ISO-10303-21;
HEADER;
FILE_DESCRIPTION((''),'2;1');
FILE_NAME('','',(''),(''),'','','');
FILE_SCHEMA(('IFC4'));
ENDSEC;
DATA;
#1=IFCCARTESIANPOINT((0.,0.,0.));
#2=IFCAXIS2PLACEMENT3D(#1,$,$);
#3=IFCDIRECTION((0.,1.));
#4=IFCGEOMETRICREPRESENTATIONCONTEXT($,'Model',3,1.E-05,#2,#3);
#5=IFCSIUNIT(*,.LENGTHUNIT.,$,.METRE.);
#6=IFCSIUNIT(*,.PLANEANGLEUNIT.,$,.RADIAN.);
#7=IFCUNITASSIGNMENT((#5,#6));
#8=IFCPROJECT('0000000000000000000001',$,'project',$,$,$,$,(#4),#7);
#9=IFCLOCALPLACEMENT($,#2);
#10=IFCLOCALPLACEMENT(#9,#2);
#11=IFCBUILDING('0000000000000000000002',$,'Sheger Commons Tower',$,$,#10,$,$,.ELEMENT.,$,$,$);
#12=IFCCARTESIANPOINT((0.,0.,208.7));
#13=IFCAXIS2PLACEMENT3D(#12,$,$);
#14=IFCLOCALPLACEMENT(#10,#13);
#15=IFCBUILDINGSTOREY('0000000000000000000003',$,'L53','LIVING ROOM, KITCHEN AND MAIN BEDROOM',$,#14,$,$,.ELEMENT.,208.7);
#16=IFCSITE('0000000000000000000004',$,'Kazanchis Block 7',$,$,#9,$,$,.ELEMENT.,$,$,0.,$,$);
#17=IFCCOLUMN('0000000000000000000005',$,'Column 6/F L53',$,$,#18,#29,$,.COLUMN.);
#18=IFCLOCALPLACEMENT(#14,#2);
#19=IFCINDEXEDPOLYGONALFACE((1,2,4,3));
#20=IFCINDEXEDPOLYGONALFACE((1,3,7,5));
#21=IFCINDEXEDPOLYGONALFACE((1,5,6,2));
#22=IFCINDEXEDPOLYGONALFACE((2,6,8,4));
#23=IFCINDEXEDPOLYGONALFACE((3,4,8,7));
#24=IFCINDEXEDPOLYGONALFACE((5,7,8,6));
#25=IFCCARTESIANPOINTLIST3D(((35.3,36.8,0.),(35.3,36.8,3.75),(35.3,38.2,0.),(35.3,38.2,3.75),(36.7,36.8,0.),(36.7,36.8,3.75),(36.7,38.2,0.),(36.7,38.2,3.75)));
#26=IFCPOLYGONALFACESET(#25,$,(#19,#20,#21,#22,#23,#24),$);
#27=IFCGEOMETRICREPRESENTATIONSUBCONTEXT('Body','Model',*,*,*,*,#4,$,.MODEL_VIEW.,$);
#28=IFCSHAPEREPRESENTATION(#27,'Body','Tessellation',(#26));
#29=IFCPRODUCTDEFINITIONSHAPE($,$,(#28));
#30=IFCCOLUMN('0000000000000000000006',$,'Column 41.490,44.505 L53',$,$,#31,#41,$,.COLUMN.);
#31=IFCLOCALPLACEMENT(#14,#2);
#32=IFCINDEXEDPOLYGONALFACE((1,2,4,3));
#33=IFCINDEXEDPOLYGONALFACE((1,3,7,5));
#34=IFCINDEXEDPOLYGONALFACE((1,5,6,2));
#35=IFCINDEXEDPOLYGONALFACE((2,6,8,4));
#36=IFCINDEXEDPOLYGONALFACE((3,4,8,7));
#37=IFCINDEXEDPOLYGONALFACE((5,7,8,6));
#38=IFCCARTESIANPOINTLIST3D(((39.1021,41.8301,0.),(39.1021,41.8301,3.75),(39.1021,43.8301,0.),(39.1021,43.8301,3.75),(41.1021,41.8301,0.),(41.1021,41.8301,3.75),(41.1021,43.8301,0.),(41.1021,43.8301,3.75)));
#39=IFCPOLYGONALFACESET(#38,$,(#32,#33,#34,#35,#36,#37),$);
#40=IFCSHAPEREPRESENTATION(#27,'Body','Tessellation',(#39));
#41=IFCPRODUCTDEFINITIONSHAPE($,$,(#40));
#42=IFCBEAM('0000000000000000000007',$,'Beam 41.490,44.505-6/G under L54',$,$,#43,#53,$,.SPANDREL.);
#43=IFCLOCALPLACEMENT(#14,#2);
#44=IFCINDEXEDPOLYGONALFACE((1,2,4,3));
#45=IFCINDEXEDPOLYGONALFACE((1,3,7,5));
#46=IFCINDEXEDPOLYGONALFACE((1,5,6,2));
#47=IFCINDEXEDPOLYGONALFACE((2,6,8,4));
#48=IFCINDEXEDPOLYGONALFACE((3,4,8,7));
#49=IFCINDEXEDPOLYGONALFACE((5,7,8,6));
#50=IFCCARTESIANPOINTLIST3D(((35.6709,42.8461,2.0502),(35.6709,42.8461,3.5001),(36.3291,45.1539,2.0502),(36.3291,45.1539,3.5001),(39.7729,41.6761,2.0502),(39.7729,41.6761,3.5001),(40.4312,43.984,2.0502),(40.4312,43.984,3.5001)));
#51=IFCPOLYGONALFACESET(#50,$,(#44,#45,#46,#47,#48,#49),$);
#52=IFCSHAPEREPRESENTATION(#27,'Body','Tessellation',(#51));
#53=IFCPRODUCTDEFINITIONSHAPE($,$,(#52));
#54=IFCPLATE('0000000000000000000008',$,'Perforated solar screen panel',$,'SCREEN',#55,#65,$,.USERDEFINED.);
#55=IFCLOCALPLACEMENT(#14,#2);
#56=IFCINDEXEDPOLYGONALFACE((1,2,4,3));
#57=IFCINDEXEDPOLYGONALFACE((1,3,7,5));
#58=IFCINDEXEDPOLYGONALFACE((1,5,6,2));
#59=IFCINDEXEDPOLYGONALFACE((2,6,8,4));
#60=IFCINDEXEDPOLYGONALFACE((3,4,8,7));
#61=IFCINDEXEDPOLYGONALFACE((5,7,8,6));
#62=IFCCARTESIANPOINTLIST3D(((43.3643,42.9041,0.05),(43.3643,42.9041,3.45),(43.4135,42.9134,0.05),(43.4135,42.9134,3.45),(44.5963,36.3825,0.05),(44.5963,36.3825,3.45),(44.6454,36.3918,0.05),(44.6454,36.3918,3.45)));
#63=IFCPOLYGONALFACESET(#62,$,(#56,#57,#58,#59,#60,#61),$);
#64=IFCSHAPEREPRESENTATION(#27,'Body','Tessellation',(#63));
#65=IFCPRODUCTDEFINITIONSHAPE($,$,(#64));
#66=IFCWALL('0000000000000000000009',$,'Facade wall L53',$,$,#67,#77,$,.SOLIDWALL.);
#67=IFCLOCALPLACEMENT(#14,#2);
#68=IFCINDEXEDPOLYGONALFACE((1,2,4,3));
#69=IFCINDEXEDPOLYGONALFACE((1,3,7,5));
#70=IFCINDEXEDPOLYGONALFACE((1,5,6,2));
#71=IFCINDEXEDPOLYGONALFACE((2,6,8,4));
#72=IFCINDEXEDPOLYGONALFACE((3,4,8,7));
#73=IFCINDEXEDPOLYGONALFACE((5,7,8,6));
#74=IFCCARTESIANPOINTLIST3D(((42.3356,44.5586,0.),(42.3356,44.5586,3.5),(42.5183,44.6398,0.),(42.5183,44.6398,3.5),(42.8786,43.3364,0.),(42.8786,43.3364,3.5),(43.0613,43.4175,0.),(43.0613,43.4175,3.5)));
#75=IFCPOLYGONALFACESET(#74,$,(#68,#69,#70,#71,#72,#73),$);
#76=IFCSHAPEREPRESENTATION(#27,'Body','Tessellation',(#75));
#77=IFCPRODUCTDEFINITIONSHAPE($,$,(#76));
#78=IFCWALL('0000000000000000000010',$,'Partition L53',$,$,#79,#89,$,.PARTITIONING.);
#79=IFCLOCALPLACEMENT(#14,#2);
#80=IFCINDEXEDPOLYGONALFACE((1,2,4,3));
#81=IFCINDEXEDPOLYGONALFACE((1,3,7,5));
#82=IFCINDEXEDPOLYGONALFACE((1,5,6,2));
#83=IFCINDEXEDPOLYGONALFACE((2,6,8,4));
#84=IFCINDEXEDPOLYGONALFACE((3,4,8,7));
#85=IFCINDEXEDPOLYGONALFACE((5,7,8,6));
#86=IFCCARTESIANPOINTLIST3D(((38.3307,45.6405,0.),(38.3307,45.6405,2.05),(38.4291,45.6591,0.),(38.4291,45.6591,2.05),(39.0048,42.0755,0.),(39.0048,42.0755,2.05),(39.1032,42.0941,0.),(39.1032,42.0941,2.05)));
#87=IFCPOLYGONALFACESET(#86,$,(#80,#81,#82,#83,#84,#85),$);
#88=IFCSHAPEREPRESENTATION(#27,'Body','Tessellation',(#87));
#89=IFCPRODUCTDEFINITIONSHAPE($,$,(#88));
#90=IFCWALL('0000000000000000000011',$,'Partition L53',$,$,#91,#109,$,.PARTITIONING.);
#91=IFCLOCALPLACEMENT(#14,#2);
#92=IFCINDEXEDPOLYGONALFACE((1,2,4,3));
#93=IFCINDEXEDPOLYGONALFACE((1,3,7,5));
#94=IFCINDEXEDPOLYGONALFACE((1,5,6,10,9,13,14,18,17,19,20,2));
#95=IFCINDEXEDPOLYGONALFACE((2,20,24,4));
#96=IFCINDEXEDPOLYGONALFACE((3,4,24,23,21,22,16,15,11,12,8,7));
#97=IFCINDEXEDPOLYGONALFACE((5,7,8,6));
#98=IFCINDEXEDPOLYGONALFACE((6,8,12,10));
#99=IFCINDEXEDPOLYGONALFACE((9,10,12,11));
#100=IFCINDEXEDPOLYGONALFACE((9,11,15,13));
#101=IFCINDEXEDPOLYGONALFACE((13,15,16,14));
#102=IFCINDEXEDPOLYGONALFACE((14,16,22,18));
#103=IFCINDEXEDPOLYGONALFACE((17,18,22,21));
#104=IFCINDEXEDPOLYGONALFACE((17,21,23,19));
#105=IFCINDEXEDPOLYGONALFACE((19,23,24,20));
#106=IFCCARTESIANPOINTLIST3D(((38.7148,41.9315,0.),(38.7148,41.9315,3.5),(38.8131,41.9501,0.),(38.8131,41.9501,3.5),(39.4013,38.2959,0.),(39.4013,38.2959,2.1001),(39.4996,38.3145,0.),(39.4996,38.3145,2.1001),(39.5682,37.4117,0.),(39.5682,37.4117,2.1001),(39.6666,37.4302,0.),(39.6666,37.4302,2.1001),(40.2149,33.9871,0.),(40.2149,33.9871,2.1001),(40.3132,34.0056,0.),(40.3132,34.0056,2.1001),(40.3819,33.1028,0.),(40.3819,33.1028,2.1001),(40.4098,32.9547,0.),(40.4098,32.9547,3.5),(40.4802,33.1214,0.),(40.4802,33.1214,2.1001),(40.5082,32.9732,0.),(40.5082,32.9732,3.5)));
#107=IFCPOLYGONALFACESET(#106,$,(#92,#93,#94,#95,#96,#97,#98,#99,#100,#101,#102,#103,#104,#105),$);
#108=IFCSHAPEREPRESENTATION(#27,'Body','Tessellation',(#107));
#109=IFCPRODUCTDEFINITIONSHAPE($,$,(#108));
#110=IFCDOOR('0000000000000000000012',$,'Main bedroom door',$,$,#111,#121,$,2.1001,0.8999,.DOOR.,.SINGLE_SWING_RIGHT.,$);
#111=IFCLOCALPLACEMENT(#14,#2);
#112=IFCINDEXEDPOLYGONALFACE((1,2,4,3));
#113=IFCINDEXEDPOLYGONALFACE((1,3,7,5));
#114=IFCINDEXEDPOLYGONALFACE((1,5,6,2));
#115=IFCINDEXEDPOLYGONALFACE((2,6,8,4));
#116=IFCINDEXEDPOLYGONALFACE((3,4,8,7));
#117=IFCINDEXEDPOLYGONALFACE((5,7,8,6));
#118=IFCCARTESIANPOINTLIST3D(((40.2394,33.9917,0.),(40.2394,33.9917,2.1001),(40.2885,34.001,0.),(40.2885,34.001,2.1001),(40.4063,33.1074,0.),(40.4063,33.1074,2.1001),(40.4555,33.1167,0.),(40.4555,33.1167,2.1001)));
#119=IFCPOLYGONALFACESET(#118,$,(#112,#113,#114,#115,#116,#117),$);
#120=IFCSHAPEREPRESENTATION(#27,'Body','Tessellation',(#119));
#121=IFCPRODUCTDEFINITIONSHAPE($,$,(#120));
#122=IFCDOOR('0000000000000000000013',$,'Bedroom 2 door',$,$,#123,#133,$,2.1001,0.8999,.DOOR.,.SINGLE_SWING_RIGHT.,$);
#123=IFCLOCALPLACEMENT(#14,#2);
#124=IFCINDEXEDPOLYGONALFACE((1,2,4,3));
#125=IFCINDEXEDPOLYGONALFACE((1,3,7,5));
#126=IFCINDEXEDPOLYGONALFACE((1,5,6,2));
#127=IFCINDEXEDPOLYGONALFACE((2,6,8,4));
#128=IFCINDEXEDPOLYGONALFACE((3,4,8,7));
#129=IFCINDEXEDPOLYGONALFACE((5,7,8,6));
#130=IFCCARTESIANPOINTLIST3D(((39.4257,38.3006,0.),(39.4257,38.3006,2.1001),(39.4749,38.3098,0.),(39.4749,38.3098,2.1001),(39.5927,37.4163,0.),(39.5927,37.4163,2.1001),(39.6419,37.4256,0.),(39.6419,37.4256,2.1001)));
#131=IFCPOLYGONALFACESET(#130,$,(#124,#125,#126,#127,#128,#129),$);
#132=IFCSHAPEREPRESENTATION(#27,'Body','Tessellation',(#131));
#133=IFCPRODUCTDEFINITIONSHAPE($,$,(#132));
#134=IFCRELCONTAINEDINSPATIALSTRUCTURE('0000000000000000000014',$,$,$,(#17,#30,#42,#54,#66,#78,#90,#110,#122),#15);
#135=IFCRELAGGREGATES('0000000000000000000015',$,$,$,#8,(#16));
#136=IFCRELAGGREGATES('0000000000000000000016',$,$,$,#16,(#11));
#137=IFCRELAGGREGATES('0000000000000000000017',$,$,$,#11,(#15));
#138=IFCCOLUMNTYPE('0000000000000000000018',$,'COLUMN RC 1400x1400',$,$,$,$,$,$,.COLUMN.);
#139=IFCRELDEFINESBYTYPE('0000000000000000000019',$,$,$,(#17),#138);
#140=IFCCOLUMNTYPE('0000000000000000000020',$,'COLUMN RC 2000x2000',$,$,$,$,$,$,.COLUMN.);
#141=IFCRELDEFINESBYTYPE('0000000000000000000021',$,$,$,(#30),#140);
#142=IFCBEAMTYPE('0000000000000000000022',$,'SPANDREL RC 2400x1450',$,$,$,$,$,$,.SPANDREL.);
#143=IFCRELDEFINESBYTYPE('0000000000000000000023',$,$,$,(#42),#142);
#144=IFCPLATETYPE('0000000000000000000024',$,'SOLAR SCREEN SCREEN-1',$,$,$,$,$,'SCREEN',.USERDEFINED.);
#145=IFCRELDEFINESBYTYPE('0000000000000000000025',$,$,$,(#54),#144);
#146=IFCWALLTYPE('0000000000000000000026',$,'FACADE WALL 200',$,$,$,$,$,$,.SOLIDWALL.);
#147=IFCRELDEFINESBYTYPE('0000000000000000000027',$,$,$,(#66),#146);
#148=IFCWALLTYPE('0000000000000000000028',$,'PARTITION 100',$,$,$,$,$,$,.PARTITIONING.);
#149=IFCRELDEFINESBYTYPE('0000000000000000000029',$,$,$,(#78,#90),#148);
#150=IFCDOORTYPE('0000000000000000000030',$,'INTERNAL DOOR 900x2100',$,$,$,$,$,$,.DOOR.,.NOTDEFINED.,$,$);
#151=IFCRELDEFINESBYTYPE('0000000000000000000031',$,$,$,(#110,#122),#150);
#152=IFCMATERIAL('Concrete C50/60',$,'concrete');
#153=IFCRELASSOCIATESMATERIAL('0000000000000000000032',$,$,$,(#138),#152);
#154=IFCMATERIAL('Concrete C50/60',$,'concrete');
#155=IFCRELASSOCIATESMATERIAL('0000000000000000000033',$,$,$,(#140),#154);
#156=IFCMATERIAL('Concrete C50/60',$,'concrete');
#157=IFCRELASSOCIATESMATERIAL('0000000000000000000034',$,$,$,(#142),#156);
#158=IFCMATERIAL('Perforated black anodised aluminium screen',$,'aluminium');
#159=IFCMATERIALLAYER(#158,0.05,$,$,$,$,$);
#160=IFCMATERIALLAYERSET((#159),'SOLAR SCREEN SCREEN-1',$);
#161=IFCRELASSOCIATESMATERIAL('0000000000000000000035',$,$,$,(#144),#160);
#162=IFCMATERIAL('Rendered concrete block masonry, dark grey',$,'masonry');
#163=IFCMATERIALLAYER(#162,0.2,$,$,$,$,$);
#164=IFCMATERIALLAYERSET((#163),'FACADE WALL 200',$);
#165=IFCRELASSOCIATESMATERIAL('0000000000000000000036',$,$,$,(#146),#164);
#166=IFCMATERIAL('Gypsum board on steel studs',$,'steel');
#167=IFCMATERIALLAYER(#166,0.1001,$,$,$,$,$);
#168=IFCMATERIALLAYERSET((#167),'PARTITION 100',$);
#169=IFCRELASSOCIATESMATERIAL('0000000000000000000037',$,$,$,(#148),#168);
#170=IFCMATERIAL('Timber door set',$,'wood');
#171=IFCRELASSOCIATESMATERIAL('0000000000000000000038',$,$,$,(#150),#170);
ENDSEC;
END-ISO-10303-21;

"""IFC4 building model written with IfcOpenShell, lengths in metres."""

from ifc_helpers import new_model, si_unit, direction, frame, frame_2d, origin, origin_2d, place, context, subcontext, project, spatial, rectangle, extrude, material, layer, layer_set, material_profile, profile_set, type_object, element, fill, save


model = new_model("IFC4")

# Units and contexts
model_context = context("Model", 3, precision=1e-05, world=origin(), true_north=direction((0.0, 1.0)))
body_context = subcontext(model_context, "Body", "Model", "MODEL_VIEW")
ifc_project = project(units=[si_unit("LENGTHUNIT", "METRE"), si_unit("PLANEANGLEUNIT", "RADIAN")], contexts=[model_context])

# Site, building, storey
site_placement = place(None, origin())
site = spatial("IfcSite", under=ifc_project, at=site_placement, Name="Kazanchis Block 7", CompositionType="ELEMENT", RefElevation=0.0)
building_placement = place(site_placement, origin())
building = spatial("IfcBuilding", under=site, at=building_placement, Name="Sheger Commons Tower", CompositionType="ELEMENT")
storey_placement = place(building_placement, frame((0.0, 0.0, 208.7)))
storey = spatial("IfcBuildingStorey", under=building, at=storey_placement, Name="L53", Description="LIVING ROOM, KITCHEN AND MAIN BEDROOM", CompositionType="ELEMENT", Elevation=208.7)

# Columns
ifc_material_1 = material(Name="Concrete C50/60", Category="concrete")
ifc_material_profile_1 = material_profile(ifc_material_1, rectangle(XDim=1.3999, YDim=1.3999, at=origin_2d()), Name="RC 1400x1400")
ifc_profile_set_1 = profile_set([ifc_material_profile_1], Name="Concrete C50/60")
column_type_1 = type_object("IfcColumnType", Name="COLUMN RC 1400x1400", PredefinedType="COLUMN", material=ifc_profile_set_1)
column_1_placement = place(storey_placement, frame((36.0, 37.5, 0.0), z_axis=(0.0, 0.0, 1.0), x_axis=(1.0, 0.0, 0.0)))
element("IfcColumn", 1, at=column_1_placement, inside=storey, type_object=column_type_1, Name="Column 6/F L53", PredefinedType="COLUMN", context=body_context, shape_type="SweptSolid", body=[
    extrude(rectangle(XDim=1.3999, YDim=1.3999, at=origin_2d()), origin(), (0.0, 0.0, 1.0), 3.75),
])
ifc_material_2 = material(Name="Concrete C50/60", Category="concrete")
ifc_material_profile_2 = material_profile(ifc_material_2, rectangle(XDim=2.0, YDim=2.0, at=origin_2d()), Name="RC 2000x2000")
ifc_profile_set_2 = profile_set([ifc_material_profile_2], Name="Concrete C50/60")
column_type_2 = type_object("IfcColumnType", Name="COLUMN RC 2000x2000", PredefinedType="COLUMN", material=ifc_profile_set_2)
column_2_placement = place(storey_placement, frame((40.1021, 42.8301, 0.0), z_axis=(0.0, 0.0, 1.0), x_axis=(1.0, 0.0, 0.0)))
element("IfcColumn", 2, at=column_2_placement, inside=storey, type_object=column_type_2, Name="Column 41.490,44.505 L53", PredefinedType="COLUMN", context=body_context, shape_type="SweptSolid", body=[
    extrude(rectangle(XDim=2.0, YDim=2.0, at=origin_2d()), origin(), (0.0, 0.0, 1.0), 3.75),
])

# Beam
ifc_material_3 = material(Name="Concrete C50/60", Category="concrete")
ifc_material_profile_3 = material_profile(ifc_material_3, rectangle(XDim=2.3999, YDim=1.45, at=origin_2d()), Name="RC 2400x1450")
ifc_profile_set_3 = profile_set([ifc_material_profile_3], Name="Concrete C50/60")
beam_type = type_object("IfcBeamType", Name="SPANDREL RC 2400x1450", PredefinedType="SPANDREL", material=ifc_profile_set_3)
beam_placement = place(storey_placement, frame((40.1021, 42.8301, 2.7751), z_axis=(-0.961653, 0.274268, 0.0), x_axis=(-0.274268, -0.961653, 0.0)))
element("IfcBeam", 3, at=beam_placement, inside=storey, type_object=beam_type, Name="Beam 41.490,44.505-6/G under L54", PredefinedType="SPANDREL", context=body_context, shape_type="SweptSolid", body=[
    extrude(rectangle(XDim=2.3999, YDim=1.45, at=origin_2d()), origin(), (0.0, 0.0, 1.0), 4.2656),
])

# Plate
ifc_material_4 = material(Name="Perforated black anodised aluminium screen", Category="aluminium")
ifc_layer_1 = layer(ifc_material_4, 0.05)
ifc_layer_set_1 = layer_set([ifc_layer_1], Name="SOLAR SCREEN SCREEN-1")
plate_type = type_object("IfcPlateType", Name="SOLAR SCREEN SCREEN-1", ElementType="SCREEN", PredefinedType="USERDEFINED", material=ifc_layer_set_1)
plate_placement = place(storey_placement, frame((44.0049, 39.6479, 0.05), z_axis=(0.0, 0.0, 1.0), x_axis=(-0.185615, 0.982623, 0.0)))
element("IfcPlate", 4, at=plate_placement, inside=storey, type_object=plate_type, Name="Perforated solar screen panel", ObjectType="SCREEN", PredefinedType="USERDEFINED", context=body_context, shape_type="SweptSolid", body=[
    extrude(rectangle(XDim=6.637, YDim=0.05, at=origin_2d()), origin(), (0.0, 0.0, 1.0), 3.3999),
])

# Walls
ifc_material_5 = material(Name="Rendered concrete block masonry, dark grey", Category="masonry")
ifc_layer_2 = layer(ifc_material_5, 0.2)
ifc_layer_set_2 = layer_set([ifc_layer_2], Name="FACADE WALL 200")
wall_type_1 = type_object("IfcWallType", Name="FACADE WALL 200", PredefinedType="SOLIDWALL", material=ifc_layer_set_2)
wall_1_placement = place(storey_placement, frame((42.97, 43.377, 0.0), z_axis=(0.0, 0.0, 1.0), x_axis=(-0.406003, 0.913872, 0.0)))
element("IfcWall", 5, at=wall_1_placement, inside=storey, type_object=wall_type_1, Name="Facade wall L53", PredefinedType="SOLIDWALL", context=body_context, shape_type="SweptSolid", body=[
    extrude(rectangle(XDim=1.3374, YDim=0.2, at=frame_2d((0.6687, 0.0))), origin(), (0.0, 0.0, 1.0), 3.5),
])
ifc_material_6 = material(Name="Gypsum board on steel studs", Category="steel")
ifc_layer_3 = layer(ifc_material_6, 0.1001)
ifc_layer_set_3 = layer_set([ifc_layer_3], Name="PARTITION 100")
wall_type_2 = type_object("IfcWallType", Name="PARTITION 100", PredefinedType="PARTITIONING", material=ifc_layer_set_3)
wall_2_placement = place(storey_placement, frame((39.054, 42.085, 0.0), z_axis=(0.0, 0.0, 1.0), x_axis=(-0.185792, 0.982589, 0.0)))
element("IfcWall", 6, at=wall_2_placement, inside=storey, type_object=wall_type_2, Name="Partition L53", PredefinedType="PARTITIONING", context=body_context, shape_type="SweptSolid", body=[
    extrude(rectangle(XDim=3.6282, YDim=0.1001, at=frame_2d((1.814, 0.0))), origin(), (0.0, 0.0, 1.0), 2.05),
])

# Wall, openings, doors
wall_3_placement = place(storey_placement, frame((38.7639, 41.9409, 0.0), z_axis=(0.0, 0.0, 1.0), x_axis=(0.185549, -0.982635, 0.0)))
wall_3 = element("IfcWall", 7, at=wall_3_placement, inside=storey, type_object=wall_type_2, Name="Partition L53", PredefinedType="PARTITIONING", context=body_context, shape_type="SweptSolid", body=[
    extrude(rectangle(XDim=9.1355, YDim=0.1001, at=frame_2d((4.5679, 0.0))), origin(), (0.0, 0.0, 1.0), 3.5),
])
opening_1_placement = place(wall_3_placement, frame((8.085, 0.0, 0.0)))
opening_1 = element("IfcOpeningElement", 8, at=opening_1_placement, cuts=wall_3, PredefinedType="OPENING", context=body_context, shape_type="SweptSolid", body=[
    extrude(rectangle(XDim=0.8999, YDim=2.1001, at=frame_2d((0.45, 1.05))), frame((0.0, 0.0601, 0.0), z_axis=(0.0, -1.0, 0.0), x_axis=(1.0, 0.0, 0.0)), (0.0, 0.0, 1.0), 0.1201),
])
opening_2_placement = place(wall_3_placement, frame((3.7, 0.0, 0.0)))
opening_2 = element("IfcOpeningElement", 9, at=opening_2_placement, cuts=wall_3, PredefinedType="OPENING", context=body_context, shape_type="SweptSolid", body=[
    extrude(rectangle(XDim=0.8999, YDim=2.1001, at=frame_2d((0.45, 1.05))), frame((0.0, 0.0601, 0.0), z_axis=(0.0, -1.0, 0.0), x_axis=(1.0, 0.0, 0.0)), (0.0, 0.0, 1.0), 0.1201),
])
ifc_material_7 = material(Name="Timber door set", Category="wood")
door_type = type_object("IfcDoorType", Name="INTERNAL DOOR 900x2100", OperationType="NOTDEFINED", PredefinedType="DOOR", material=ifc_material_7)
door_1_placement = place(opening_1_placement, origin())
door_1 = element("IfcDoor", 10, at=door_1_placement, inside=storey, type_object=door_type, Name="Main bedroom door", OperationType="SINGLE_SWING_RIGHT", OverallHeight=2.1001, OverallWidth=0.8999, PredefinedType="DOOR", context=body_context, shape_type="SweptSolid", body=[
    extrude(rectangle(XDim=0.8999, YDim=2.1001, at=frame_2d((0.45, 1.05))), frame((0.0, 0.0249, 0.0), z_axis=(0.0, -1.0, 0.0), x_axis=(1.0, 0.0, 0.0)), (0.0, 0.0, 1.0), 0.05),
])
fill(opening_1, door_1)
door_2_placement = place(opening_2_placement, origin())
door_2 = element("IfcDoor", 11, at=door_2_placement, inside=storey, type_object=door_type, Name="Bedroom 2 door", OperationType="SINGLE_SWING_RIGHT", OverallHeight=2.1001, OverallWidth=0.8999, PredefinedType="DOOR", context=body_context, shape_type="SweptSolid", body=[
    extrude(rectangle(XDim=0.8999, YDim=2.1001, at=frame_2d((0.45, 1.05))), frame((0.0, 0.0249, 0.0), z_axis=(0.0, -1.0, 0.0), x_axis=(1.0, 0.0, 0.0)), (0.0, 0.0, 1.0), 0.05),
])
fill(opening_2, door_2)

save(model, "model.ifc")
